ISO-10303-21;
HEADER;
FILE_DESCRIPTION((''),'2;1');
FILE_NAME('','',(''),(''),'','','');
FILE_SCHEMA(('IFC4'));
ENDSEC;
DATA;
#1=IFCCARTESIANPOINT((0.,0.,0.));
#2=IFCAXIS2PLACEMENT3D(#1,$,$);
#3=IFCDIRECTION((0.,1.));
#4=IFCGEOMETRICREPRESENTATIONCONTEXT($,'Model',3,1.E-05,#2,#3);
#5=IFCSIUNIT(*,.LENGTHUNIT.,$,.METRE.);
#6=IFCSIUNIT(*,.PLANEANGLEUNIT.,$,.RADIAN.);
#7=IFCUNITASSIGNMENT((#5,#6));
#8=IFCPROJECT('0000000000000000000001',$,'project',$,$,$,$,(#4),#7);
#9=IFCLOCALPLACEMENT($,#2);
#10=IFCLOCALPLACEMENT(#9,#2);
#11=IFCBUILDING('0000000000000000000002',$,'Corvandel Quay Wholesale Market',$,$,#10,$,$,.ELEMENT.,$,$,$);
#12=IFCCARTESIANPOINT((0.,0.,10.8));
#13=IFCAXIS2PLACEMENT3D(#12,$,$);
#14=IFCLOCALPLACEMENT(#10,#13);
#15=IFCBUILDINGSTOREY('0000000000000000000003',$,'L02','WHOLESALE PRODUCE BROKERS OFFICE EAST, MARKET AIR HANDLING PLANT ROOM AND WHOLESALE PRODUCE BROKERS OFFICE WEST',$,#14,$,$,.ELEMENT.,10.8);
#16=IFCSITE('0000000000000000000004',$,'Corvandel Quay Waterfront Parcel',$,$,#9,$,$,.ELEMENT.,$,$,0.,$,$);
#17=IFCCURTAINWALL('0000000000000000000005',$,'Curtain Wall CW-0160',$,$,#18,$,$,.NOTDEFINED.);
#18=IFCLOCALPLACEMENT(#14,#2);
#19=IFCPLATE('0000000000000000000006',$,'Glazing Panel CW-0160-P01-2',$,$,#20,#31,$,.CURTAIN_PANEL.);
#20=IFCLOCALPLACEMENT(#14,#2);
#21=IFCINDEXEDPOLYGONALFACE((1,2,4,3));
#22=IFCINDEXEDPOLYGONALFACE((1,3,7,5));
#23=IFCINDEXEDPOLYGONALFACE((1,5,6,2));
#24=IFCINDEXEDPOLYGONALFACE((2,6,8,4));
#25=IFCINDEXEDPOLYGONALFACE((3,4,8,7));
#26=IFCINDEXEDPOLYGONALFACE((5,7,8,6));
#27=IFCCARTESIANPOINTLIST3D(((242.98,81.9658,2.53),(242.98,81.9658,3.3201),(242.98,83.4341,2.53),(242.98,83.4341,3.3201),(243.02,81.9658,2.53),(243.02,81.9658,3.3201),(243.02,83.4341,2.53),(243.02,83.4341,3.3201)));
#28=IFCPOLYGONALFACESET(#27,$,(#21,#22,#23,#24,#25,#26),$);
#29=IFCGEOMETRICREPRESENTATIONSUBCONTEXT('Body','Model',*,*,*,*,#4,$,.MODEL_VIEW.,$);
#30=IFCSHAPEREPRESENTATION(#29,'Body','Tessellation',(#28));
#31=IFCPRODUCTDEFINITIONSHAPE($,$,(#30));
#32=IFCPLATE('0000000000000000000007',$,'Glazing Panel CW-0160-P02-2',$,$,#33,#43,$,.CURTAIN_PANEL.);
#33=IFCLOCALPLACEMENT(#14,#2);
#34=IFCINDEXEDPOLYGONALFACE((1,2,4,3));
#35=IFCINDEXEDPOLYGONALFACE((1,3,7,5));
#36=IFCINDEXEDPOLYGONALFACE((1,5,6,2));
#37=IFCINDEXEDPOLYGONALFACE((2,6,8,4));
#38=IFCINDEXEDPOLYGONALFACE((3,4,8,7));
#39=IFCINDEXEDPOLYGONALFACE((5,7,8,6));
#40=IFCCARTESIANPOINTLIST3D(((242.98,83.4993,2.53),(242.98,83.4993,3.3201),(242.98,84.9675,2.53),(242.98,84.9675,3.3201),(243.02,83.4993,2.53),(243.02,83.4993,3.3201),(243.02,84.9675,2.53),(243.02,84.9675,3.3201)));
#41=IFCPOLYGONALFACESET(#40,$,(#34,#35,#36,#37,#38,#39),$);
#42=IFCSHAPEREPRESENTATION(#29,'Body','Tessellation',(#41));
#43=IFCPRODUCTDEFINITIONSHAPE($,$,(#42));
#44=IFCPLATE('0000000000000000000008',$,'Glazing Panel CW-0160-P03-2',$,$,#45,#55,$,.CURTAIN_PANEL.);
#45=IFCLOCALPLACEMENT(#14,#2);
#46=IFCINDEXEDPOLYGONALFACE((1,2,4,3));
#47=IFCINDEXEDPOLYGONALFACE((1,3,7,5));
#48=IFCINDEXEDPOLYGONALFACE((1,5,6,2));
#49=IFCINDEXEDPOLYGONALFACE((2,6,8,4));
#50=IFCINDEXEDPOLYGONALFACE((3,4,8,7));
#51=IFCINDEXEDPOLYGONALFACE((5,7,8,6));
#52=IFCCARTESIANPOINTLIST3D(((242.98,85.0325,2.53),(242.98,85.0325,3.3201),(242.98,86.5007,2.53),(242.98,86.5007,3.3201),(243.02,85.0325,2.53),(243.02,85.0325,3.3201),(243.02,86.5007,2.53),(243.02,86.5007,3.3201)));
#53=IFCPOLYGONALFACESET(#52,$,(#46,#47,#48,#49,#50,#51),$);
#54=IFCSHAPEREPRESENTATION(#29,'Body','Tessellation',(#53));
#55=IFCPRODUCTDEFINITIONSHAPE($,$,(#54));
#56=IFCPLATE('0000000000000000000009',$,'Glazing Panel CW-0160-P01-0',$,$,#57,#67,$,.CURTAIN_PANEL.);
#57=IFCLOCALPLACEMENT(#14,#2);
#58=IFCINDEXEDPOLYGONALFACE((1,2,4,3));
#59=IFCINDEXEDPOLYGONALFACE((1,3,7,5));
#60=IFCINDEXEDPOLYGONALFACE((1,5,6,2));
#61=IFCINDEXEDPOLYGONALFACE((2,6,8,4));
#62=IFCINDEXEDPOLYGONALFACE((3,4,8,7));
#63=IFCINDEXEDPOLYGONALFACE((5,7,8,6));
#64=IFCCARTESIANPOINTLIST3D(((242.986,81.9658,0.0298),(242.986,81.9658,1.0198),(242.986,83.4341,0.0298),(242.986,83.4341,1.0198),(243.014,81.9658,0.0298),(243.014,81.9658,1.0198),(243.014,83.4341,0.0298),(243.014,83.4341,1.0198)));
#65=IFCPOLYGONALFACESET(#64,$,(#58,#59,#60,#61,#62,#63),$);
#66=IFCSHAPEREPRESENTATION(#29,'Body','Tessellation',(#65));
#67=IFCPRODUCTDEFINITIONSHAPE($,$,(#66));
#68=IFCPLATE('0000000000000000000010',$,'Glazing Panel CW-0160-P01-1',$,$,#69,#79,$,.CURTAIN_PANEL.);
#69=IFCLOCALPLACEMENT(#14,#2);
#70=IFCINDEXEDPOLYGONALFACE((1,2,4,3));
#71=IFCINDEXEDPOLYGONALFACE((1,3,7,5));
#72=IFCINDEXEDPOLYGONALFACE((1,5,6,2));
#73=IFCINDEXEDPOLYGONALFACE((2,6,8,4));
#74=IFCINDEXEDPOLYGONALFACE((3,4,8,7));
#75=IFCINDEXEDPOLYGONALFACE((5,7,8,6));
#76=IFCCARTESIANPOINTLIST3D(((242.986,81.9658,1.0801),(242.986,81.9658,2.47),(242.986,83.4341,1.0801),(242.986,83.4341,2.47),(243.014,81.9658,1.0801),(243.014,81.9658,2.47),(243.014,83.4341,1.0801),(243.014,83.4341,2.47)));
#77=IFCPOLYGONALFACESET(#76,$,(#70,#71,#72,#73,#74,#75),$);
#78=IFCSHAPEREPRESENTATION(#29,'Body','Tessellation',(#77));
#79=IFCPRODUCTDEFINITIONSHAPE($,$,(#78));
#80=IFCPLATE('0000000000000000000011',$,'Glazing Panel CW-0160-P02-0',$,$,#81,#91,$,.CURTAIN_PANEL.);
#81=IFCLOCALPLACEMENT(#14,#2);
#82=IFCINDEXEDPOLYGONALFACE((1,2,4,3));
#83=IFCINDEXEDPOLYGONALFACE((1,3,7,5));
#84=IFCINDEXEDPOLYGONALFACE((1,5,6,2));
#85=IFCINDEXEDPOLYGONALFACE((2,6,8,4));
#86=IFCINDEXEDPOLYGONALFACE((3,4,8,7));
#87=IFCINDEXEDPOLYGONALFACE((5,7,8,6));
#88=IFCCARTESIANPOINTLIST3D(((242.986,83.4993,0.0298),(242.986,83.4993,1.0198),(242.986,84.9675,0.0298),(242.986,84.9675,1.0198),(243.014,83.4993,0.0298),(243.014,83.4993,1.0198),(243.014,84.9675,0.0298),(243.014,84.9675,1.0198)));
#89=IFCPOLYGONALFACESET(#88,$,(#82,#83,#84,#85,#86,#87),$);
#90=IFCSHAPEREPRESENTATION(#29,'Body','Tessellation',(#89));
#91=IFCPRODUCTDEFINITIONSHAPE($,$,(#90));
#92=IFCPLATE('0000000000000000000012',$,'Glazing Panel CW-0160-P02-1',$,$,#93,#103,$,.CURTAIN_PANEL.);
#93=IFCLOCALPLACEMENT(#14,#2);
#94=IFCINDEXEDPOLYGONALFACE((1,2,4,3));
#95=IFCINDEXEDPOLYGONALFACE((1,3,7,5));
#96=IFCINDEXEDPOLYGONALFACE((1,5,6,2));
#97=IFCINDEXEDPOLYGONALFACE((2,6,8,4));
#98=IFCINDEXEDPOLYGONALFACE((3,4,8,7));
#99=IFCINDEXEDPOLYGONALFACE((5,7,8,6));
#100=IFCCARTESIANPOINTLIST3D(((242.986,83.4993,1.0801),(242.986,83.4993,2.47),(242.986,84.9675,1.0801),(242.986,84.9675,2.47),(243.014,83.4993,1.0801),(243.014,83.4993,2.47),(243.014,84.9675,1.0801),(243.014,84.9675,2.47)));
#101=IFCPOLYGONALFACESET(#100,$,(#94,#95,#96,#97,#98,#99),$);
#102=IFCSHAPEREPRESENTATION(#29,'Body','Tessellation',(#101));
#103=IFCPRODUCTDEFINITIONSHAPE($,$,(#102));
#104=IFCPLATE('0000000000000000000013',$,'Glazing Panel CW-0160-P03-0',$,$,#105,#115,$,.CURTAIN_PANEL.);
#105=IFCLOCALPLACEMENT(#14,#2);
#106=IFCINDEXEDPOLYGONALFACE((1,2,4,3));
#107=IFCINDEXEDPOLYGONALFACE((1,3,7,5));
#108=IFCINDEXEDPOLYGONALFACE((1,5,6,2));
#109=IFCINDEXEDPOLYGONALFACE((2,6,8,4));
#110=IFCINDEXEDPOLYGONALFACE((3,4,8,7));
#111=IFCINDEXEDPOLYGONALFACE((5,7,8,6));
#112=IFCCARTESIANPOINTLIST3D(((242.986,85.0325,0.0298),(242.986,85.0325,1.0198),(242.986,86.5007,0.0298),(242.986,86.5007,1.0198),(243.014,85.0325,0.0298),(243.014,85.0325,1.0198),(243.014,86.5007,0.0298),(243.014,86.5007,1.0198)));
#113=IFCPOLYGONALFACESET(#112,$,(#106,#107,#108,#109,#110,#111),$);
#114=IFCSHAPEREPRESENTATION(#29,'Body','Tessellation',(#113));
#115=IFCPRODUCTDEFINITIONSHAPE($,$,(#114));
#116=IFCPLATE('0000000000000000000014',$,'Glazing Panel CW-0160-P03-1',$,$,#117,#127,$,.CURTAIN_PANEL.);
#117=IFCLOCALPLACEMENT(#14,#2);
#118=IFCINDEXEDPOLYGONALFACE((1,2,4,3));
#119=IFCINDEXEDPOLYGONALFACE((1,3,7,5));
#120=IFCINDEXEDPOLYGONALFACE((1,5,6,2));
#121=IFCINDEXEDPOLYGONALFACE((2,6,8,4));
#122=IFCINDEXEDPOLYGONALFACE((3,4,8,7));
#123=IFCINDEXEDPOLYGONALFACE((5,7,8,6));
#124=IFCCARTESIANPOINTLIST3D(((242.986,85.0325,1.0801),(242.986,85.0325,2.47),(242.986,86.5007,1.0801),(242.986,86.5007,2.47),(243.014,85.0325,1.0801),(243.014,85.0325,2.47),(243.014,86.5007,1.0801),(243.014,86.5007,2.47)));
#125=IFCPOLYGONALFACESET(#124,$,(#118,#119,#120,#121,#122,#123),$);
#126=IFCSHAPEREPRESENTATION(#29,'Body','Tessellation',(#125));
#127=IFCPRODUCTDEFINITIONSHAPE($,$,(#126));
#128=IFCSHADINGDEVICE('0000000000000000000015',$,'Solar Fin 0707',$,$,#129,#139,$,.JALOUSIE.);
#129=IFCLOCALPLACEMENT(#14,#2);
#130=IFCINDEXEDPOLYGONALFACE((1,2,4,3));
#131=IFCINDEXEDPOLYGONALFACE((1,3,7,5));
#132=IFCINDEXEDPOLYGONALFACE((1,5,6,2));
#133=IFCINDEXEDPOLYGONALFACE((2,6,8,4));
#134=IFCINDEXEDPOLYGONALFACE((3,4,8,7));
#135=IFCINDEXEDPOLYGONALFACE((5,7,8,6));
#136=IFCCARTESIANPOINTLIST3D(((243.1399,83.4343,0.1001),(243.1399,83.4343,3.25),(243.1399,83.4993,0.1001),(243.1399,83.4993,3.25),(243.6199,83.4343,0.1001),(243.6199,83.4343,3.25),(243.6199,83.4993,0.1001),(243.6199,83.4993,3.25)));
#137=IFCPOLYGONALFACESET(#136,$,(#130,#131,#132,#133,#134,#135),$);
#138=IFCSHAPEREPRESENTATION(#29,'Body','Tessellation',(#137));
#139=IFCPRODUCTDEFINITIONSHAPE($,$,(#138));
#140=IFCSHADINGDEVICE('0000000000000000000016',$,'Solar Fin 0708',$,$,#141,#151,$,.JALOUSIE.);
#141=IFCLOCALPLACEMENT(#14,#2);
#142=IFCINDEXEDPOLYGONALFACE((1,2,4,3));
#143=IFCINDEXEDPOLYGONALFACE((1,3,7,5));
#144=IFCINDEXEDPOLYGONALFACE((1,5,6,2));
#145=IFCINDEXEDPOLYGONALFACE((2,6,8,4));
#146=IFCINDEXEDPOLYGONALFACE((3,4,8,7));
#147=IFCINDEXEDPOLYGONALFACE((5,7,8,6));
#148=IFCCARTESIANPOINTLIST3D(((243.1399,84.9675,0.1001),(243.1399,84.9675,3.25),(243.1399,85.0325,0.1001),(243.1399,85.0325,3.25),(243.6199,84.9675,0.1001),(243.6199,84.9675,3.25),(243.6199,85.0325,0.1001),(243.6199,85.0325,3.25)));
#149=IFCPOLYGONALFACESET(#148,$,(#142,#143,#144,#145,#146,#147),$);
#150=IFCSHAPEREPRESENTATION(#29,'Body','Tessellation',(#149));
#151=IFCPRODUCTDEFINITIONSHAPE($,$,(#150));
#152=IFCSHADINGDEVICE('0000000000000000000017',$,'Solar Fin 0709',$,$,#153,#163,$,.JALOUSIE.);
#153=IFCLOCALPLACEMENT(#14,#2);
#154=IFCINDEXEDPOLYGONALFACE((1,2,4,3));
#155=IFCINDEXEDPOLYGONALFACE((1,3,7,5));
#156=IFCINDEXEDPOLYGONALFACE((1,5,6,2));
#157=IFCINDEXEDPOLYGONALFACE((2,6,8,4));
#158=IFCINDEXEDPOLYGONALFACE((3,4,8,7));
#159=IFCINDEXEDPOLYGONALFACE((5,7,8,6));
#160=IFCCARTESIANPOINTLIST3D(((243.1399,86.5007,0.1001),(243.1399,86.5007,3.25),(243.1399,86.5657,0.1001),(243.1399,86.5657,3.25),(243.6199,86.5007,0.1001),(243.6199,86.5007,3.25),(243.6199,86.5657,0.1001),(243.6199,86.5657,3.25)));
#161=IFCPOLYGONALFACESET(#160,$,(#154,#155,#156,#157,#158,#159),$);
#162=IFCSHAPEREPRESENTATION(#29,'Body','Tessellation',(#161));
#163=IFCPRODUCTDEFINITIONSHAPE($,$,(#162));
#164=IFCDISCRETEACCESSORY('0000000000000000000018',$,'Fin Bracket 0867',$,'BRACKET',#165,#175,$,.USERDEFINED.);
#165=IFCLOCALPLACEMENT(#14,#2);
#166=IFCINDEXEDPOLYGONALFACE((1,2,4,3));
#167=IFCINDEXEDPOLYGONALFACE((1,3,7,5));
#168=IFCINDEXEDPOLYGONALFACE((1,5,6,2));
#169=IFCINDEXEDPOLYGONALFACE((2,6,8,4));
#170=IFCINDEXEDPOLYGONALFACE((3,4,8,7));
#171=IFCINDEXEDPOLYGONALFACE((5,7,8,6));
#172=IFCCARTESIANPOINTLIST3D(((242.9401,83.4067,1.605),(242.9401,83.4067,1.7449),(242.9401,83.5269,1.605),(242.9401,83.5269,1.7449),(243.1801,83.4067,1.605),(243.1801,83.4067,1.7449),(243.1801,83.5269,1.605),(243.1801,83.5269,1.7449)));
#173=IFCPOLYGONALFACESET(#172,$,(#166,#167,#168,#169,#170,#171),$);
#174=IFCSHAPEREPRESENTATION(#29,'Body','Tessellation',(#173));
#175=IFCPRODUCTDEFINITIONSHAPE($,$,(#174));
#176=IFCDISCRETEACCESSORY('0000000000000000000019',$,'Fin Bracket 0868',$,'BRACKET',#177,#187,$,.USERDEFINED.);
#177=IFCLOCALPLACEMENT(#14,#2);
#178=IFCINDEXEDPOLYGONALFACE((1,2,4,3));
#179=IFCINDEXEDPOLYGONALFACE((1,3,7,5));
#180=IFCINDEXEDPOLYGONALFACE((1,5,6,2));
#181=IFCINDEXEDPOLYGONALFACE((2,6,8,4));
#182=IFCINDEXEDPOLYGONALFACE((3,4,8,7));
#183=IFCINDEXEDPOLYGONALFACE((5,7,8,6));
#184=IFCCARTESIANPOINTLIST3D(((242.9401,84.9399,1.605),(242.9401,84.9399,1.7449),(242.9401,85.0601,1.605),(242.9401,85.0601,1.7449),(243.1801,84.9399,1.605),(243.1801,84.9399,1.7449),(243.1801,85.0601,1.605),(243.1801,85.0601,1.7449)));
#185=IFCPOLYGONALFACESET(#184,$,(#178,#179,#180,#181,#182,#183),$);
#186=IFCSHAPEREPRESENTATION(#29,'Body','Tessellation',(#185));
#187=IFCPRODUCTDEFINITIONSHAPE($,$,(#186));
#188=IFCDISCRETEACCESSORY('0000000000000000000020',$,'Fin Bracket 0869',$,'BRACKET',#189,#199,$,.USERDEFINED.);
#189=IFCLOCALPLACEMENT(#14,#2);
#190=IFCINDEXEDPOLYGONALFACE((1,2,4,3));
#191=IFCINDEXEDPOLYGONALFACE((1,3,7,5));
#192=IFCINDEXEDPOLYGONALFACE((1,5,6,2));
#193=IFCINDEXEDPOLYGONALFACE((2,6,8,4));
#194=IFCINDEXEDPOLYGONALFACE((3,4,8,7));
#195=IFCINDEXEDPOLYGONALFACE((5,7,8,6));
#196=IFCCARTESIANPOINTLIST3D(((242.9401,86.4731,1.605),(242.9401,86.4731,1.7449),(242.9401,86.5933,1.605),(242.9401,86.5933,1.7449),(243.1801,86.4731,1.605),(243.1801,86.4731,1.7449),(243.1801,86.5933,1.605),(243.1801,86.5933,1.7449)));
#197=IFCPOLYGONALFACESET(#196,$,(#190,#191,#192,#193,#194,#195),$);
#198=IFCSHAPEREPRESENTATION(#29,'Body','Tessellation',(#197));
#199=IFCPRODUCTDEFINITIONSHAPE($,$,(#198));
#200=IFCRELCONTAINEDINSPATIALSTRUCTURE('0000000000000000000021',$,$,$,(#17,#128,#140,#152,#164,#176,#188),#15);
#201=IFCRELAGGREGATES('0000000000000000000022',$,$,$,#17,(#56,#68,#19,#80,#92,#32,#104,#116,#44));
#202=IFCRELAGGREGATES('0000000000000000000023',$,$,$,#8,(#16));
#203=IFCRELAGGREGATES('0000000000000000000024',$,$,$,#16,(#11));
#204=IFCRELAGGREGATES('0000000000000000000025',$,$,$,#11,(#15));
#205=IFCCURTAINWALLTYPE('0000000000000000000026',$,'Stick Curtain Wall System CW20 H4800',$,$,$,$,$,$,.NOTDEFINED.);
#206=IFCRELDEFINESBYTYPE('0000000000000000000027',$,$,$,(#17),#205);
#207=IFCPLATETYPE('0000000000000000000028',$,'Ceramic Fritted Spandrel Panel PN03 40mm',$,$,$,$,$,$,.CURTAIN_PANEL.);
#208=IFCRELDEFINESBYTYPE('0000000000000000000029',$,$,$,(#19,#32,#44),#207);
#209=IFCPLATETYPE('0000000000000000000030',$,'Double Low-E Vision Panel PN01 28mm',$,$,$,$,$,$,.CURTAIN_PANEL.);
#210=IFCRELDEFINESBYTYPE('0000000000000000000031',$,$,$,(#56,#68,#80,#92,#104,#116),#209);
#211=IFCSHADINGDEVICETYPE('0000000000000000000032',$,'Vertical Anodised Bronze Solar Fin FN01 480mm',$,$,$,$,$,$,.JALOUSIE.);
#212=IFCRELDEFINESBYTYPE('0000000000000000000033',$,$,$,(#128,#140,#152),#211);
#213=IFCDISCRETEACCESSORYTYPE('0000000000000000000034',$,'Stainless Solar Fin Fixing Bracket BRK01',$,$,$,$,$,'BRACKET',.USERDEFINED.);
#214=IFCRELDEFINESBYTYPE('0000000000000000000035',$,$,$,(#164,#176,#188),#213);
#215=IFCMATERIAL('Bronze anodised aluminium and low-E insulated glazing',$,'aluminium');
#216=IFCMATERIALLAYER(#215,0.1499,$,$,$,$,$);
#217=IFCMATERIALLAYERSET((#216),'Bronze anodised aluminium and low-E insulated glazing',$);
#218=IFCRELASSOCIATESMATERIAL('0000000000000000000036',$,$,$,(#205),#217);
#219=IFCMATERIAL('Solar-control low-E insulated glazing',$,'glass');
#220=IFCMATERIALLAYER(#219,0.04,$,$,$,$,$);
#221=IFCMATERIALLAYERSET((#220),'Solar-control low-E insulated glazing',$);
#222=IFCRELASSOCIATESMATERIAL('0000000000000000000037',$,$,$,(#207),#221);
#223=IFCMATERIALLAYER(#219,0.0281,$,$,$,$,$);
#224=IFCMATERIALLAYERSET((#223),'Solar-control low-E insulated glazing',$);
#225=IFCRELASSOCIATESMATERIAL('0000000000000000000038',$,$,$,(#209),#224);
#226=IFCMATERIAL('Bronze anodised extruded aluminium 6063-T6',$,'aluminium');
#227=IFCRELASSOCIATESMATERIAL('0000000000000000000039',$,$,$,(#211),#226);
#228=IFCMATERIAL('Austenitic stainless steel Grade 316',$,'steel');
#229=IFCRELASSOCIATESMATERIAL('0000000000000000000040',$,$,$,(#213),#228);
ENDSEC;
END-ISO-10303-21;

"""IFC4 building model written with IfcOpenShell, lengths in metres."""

from ifc_helpers import new_model, si_unit, direction, frame, origin, origin_2d, place, context, subcontext, project, spatial, rectangle, extrude, material, layer, layer_set, type_object, element, aggregate, save


model = new_model("IFC4")

# Units and contexts
model_context = context("Model", 3, precision=1e-05, world=origin(), true_north=direction((0.0, 1.0)))
body_context = subcontext(model_context, "Body", "Model", "MODEL_VIEW")
ifc_project = project(units=[si_unit("LENGTHUNIT", "METRE"), si_unit("PLANEANGLEUNIT", "RADIAN")], contexts=[model_context])

# Site, building, storey
site_placement = place(None, origin())
site = spatial("IfcSite", under=ifc_project, at=site_placement, Name="Corvandel Quay Waterfront Parcel", CompositionType="ELEMENT", RefElevation=0.0)
building_placement = place(site_placement, origin())
building = spatial("IfcBuilding", under=site, at=building_placement, Name="Corvandel Quay Wholesale Market", CompositionType="ELEMENT")
storey_placement = place(building_placement, frame((0.0, 0.0, 10.8)))
storey = spatial("IfcBuildingStorey", under=building, at=storey_placement, Name="L02", Description="WHOLESALE PRODUCE BROKERS OFFICE EAST, MARKET AIR HANDLING PLANT ROOM AND WHOLESALE PRODUCE BROKERS OFFICE WEST", CompositionType="ELEMENT", Elevation=10.8)

# Curtain wall, plates
ifc_material_1 = material(Name="Bronze anodised aluminium and low-E insulated glazing", Category="aluminium")
ifc_layer_1 = layer(ifc_material_1, 0.1499)
ifc_layer_set_1 = layer_set([ifc_layer_1], Name="Bronze anodised aluminium and low-E insulated glazing")
curtain_wall_type = type_object("IfcCurtainWallType", Name="Stick Curtain Wall System CW20 H4800", PredefinedType="NOTDEFINED", material=ifc_layer_set_1)
curtain_wall_placement = place(storey_placement, origin())
curtain_wall = element("IfcCurtainWall", 1, at=curtain_wall_placement, inside=storey, type_object=curtain_wall_type, Name="Curtain Wall CW-0160", PredefinedType="NOTDEFINED")
ifc_material_2 = material(Name="Solar-control low-E insulated glazing", Category="glass")
ifc_layer_2 = layer(ifc_material_2, 0.04)
ifc_layer_set_2 = layer_set([ifc_layer_2], Name="Solar-control low-E insulated glazing")
plate_type_1 = type_object("IfcPlateType", Name="Ceramic Fritted Spandrel Panel PN03 40mm", PredefinedType="CURTAIN_PANEL", material=ifc_layer_set_2)
plate_1_placement = place(storey_placement, frame((243.0, 82.7, 2.53), z_axis=(0.0, 0.0, 1.0), x_axis=(0.0, 1.0, 0.0)))
plate_1 = element("IfcPlate", 2, at=plate_1_placement, type_object=plate_type_1, Name="Glazing Panel CW-0160-P01-2", PredefinedType="CURTAIN_PANEL", context=body_context, shape_type="SweptSolid", body=[
    extrude(rectangle(XDim=1.4683, YDim=0.04, at=origin_2d()), origin(), (0.0, 0.0, 1.0), 0.79),
])
plate_2_placement = place(storey_placement, frame((243.0, 84.2334, 2.53), z_axis=(0.0, 0.0, 1.0), x_axis=(0.0, 1.0, 0.0)))
plate_2 = element("IfcPlate", 3, at=plate_2_placement, type_object=plate_type_1, Name="Glazing Panel CW-0160-P02-2", PredefinedType="CURTAIN_PANEL", context=body_context, shape_type="SweptSolid", body=[
    extrude(rectangle(XDim=1.4683, YDim=0.04, at=origin_2d()), origin(), (0.0, 0.0, 1.0), 0.79),
])
plate_3_placement = place(storey_placement, frame((243.0, 85.7666, 2.53), z_axis=(0.0, 0.0, 1.0), x_axis=(0.0, 1.0, 0.0)))
plate_3 = element("IfcPlate", 4, at=plate_3_placement, type_object=plate_type_1, Name="Glazing Panel CW-0160-P03-2", PredefinedType="CURTAIN_PANEL", context=body_context, shape_type="SweptSolid", body=[
    extrude(rectangle(XDim=1.4683, YDim=0.04, at=origin_2d()), origin(), (0.0, 0.0, 1.0), 0.79),
])
ifc_layer_3 = layer(ifc_material_2, 0.0281)
ifc_layer_set_3 = layer_set([ifc_layer_3], Name="Solar-control low-E insulated glazing")
plate_type_2 = type_object("IfcPlateType", Name="Double Low-E Vision Panel PN01 28mm", PredefinedType="CURTAIN_PANEL", material=ifc_layer_set_3)
plate_4_placement = place(storey_placement, frame((243.0, 82.7, 0.0298), z_axis=(0.0, 0.0, 1.0), x_axis=(0.0, 1.0, 0.0)))
plate_4 = element("IfcPlate", 5, at=plate_4_placement, type_object=plate_type_2, Name="Glazing Panel CW-0160-P01-0", PredefinedType="CURTAIN_PANEL", context=body_context, shape_type="SweptSolid", body=[
    extrude(rectangle(XDim=1.4683, YDim=0.0281, at=origin_2d()), origin(), (0.0, 0.0, 1.0), 0.99),
])
plate_5_placement = place(storey_placement, frame((243.0, 82.7, 1.0801), z_axis=(0.0, 0.0, 1.0), x_axis=(0.0, 1.0, 0.0)))
plate_5 = element("IfcPlate", 6, at=plate_5_placement, type_object=plate_type_2, Name="Glazing Panel CW-0160-P01-1", PredefinedType="CURTAIN_PANEL", context=body_context, shape_type="SweptSolid", body=[
    extrude(rectangle(XDim=1.4683, YDim=0.0281, at=origin_2d()), origin(), (0.0, 0.0, 1.0), 1.3899),
])
plate_6_placement = place(storey_placement, frame((243.0, 84.2334, 0.0298), z_axis=(0.0, 0.0, 1.0), x_axis=(0.0, 1.0, 0.0)))
plate_6 = element("IfcPlate", 7, at=plate_6_placement, type_object=plate_type_2, Name="Glazing Panel CW-0160-P02-0", PredefinedType="CURTAIN_PANEL", context=body_context, shape_type="SweptSolid", body=[
    extrude(rectangle(XDim=1.4683, YDim=0.0281, at=origin_2d()), origin(), (0.0, 0.0, 1.0), 0.99),
])
plate_7_placement = place(storey_placement, frame((243.0, 84.2334, 1.0801), z_axis=(0.0, 0.0, 1.0), x_axis=(0.0, 1.0, 0.0)))
plate_7 = element("IfcPlate", 8, at=plate_7_placement, type_object=plate_type_2, Name="Glazing Panel CW-0160-P02-1", PredefinedType="CURTAIN_PANEL", context=body_context, shape_type="SweptSolid", body=[
    extrude(rectangle(XDim=1.4683, YDim=0.0281, at=origin_2d()), origin(), (0.0, 0.0, 1.0), 1.3899),
])
plate_8_placement = place(storey_placement, frame((243.0, 85.7666, 0.0298), z_axis=(0.0, 0.0, 1.0), x_axis=(0.0, 1.0, 0.0)))
plate_8 = element("IfcPlate", 9, at=plate_8_placement, type_object=plate_type_2, Name="Glazing Panel CW-0160-P03-0", PredefinedType="CURTAIN_PANEL", context=body_context, shape_type="SweptSolid", body=[
    extrude(rectangle(XDim=1.4683, YDim=0.0281, at=origin_2d()), origin(), (0.0, 0.0, 1.0), 0.99),
])
plate_9_placement = place(storey_placement, frame((243.0, 85.7666, 1.0801), z_axis=(0.0, 0.0, 1.0), x_axis=(0.0, 1.0, 0.0)))
plate_9 = element("IfcPlate", 10, at=plate_9_placement, type_object=plate_type_2, Name="Glazing Panel CW-0160-P03-1", PredefinedType="CURTAIN_PANEL", context=body_context, shape_type="SweptSolid", body=[
    extrude(rectangle(XDim=1.4683, YDim=0.0281, at=origin_2d()), origin(), (0.0, 0.0, 1.0), 1.3899),
])
aggregate(curtain_wall, [plate_4, plate_5, plate_1, plate_6, plate_7, plate_2, plate_8, plate_9, plate_3])

# Shading devices
ifc_material_3 = material(Name="Bronze anodised extruded aluminium 6063-T6", Category="aluminium")
shading_device_type = type_object("IfcShadingDeviceType", Name="Vertical Anodised Bronze Solar Fin FN01 480mm", PredefinedType="JALOUSIE", material=ifc_material_3)
for number, where, z_axis, x_axis, name in (
    (11, (243.3799, 83.4668, 0.1001), (0.0, 0.0, 1.0), (1.0, 0.0, 0.0), "Solar Fin 0707"),
    (12, (243.3799, 85.0, 0.1001), (0.0, 0.0, 1.0), (1.0, 0.0, 0.0), "Solar Fin 0708"),
    (13, (243.3799, 86.5332, 0.1001), (0.0, 0.0, 1.0), (1.0, 0.0, 0.0), "Solar Fin 0709"),
):
    element("IfcShadingDevice", number, at=place(storey_placement, frame(where, z_axis=z_axis, x_axis=x_axis)), inside=storey, type_object=shading_device_type, Name=name, PredefinedType="JALOUSIE", context=body_context, shape_type="SweptSolid", body=[
        extrude(rectangle(XDim=0.48, YDim=0.0649, at=origin_2d()), origin(), (0.0, 0.0, 1.0), 3.1499),
    ])

# Discrete accessories
ifc_material_4 = material(Name="Austenitic stainless steel Grade 316", Category="steel")
discrete_accessory_type = type_object("IfcDiscreteAccessoryType", Name="Stainless Solar Fin Fixing Bracket BRK01", ElementType="BRACKET", PredefinedType="USERDEFINED", material=ifc_material_4)
for number, where, z_axis, x_axis, name in (
    (14, (243.0601, 83.4668, 1.605), (0.0, 0.0, 1.0), (1.0, 0.0, 0.0), "Fin Bracket 0867"),
    (15, (243.0601, 85.0, 1.605), (0.0, 0.0, 1.0), (1.0, 0.0, 0.0), "Fin Bracket 0868"),
    (16, (243.0601, 86.5332, 1.605), (0.0, 0.0, 1.0), (1.0, 0.0, 0.0), "Fin Bracket 0869"),
):
    element("IfcDiscreteAccessory", number, at=place(storey_placement, frame(where, z_axis=z_axis, x_axis=x_axis)), inside=storey, type_object=discrete_accessory_type, Name=name, ObjectType="BRACKET", PredefinedType="USERDEFINED", context=body_context, shape_type="SweptSolid", body=[
        extrude(rectangle(XDim=0.24, YDim=0.1201, at=origin_2d()), origin(), (0.0, 0.0, 1.0), 0.1399),
    ])

save(model, "model.ifc")
